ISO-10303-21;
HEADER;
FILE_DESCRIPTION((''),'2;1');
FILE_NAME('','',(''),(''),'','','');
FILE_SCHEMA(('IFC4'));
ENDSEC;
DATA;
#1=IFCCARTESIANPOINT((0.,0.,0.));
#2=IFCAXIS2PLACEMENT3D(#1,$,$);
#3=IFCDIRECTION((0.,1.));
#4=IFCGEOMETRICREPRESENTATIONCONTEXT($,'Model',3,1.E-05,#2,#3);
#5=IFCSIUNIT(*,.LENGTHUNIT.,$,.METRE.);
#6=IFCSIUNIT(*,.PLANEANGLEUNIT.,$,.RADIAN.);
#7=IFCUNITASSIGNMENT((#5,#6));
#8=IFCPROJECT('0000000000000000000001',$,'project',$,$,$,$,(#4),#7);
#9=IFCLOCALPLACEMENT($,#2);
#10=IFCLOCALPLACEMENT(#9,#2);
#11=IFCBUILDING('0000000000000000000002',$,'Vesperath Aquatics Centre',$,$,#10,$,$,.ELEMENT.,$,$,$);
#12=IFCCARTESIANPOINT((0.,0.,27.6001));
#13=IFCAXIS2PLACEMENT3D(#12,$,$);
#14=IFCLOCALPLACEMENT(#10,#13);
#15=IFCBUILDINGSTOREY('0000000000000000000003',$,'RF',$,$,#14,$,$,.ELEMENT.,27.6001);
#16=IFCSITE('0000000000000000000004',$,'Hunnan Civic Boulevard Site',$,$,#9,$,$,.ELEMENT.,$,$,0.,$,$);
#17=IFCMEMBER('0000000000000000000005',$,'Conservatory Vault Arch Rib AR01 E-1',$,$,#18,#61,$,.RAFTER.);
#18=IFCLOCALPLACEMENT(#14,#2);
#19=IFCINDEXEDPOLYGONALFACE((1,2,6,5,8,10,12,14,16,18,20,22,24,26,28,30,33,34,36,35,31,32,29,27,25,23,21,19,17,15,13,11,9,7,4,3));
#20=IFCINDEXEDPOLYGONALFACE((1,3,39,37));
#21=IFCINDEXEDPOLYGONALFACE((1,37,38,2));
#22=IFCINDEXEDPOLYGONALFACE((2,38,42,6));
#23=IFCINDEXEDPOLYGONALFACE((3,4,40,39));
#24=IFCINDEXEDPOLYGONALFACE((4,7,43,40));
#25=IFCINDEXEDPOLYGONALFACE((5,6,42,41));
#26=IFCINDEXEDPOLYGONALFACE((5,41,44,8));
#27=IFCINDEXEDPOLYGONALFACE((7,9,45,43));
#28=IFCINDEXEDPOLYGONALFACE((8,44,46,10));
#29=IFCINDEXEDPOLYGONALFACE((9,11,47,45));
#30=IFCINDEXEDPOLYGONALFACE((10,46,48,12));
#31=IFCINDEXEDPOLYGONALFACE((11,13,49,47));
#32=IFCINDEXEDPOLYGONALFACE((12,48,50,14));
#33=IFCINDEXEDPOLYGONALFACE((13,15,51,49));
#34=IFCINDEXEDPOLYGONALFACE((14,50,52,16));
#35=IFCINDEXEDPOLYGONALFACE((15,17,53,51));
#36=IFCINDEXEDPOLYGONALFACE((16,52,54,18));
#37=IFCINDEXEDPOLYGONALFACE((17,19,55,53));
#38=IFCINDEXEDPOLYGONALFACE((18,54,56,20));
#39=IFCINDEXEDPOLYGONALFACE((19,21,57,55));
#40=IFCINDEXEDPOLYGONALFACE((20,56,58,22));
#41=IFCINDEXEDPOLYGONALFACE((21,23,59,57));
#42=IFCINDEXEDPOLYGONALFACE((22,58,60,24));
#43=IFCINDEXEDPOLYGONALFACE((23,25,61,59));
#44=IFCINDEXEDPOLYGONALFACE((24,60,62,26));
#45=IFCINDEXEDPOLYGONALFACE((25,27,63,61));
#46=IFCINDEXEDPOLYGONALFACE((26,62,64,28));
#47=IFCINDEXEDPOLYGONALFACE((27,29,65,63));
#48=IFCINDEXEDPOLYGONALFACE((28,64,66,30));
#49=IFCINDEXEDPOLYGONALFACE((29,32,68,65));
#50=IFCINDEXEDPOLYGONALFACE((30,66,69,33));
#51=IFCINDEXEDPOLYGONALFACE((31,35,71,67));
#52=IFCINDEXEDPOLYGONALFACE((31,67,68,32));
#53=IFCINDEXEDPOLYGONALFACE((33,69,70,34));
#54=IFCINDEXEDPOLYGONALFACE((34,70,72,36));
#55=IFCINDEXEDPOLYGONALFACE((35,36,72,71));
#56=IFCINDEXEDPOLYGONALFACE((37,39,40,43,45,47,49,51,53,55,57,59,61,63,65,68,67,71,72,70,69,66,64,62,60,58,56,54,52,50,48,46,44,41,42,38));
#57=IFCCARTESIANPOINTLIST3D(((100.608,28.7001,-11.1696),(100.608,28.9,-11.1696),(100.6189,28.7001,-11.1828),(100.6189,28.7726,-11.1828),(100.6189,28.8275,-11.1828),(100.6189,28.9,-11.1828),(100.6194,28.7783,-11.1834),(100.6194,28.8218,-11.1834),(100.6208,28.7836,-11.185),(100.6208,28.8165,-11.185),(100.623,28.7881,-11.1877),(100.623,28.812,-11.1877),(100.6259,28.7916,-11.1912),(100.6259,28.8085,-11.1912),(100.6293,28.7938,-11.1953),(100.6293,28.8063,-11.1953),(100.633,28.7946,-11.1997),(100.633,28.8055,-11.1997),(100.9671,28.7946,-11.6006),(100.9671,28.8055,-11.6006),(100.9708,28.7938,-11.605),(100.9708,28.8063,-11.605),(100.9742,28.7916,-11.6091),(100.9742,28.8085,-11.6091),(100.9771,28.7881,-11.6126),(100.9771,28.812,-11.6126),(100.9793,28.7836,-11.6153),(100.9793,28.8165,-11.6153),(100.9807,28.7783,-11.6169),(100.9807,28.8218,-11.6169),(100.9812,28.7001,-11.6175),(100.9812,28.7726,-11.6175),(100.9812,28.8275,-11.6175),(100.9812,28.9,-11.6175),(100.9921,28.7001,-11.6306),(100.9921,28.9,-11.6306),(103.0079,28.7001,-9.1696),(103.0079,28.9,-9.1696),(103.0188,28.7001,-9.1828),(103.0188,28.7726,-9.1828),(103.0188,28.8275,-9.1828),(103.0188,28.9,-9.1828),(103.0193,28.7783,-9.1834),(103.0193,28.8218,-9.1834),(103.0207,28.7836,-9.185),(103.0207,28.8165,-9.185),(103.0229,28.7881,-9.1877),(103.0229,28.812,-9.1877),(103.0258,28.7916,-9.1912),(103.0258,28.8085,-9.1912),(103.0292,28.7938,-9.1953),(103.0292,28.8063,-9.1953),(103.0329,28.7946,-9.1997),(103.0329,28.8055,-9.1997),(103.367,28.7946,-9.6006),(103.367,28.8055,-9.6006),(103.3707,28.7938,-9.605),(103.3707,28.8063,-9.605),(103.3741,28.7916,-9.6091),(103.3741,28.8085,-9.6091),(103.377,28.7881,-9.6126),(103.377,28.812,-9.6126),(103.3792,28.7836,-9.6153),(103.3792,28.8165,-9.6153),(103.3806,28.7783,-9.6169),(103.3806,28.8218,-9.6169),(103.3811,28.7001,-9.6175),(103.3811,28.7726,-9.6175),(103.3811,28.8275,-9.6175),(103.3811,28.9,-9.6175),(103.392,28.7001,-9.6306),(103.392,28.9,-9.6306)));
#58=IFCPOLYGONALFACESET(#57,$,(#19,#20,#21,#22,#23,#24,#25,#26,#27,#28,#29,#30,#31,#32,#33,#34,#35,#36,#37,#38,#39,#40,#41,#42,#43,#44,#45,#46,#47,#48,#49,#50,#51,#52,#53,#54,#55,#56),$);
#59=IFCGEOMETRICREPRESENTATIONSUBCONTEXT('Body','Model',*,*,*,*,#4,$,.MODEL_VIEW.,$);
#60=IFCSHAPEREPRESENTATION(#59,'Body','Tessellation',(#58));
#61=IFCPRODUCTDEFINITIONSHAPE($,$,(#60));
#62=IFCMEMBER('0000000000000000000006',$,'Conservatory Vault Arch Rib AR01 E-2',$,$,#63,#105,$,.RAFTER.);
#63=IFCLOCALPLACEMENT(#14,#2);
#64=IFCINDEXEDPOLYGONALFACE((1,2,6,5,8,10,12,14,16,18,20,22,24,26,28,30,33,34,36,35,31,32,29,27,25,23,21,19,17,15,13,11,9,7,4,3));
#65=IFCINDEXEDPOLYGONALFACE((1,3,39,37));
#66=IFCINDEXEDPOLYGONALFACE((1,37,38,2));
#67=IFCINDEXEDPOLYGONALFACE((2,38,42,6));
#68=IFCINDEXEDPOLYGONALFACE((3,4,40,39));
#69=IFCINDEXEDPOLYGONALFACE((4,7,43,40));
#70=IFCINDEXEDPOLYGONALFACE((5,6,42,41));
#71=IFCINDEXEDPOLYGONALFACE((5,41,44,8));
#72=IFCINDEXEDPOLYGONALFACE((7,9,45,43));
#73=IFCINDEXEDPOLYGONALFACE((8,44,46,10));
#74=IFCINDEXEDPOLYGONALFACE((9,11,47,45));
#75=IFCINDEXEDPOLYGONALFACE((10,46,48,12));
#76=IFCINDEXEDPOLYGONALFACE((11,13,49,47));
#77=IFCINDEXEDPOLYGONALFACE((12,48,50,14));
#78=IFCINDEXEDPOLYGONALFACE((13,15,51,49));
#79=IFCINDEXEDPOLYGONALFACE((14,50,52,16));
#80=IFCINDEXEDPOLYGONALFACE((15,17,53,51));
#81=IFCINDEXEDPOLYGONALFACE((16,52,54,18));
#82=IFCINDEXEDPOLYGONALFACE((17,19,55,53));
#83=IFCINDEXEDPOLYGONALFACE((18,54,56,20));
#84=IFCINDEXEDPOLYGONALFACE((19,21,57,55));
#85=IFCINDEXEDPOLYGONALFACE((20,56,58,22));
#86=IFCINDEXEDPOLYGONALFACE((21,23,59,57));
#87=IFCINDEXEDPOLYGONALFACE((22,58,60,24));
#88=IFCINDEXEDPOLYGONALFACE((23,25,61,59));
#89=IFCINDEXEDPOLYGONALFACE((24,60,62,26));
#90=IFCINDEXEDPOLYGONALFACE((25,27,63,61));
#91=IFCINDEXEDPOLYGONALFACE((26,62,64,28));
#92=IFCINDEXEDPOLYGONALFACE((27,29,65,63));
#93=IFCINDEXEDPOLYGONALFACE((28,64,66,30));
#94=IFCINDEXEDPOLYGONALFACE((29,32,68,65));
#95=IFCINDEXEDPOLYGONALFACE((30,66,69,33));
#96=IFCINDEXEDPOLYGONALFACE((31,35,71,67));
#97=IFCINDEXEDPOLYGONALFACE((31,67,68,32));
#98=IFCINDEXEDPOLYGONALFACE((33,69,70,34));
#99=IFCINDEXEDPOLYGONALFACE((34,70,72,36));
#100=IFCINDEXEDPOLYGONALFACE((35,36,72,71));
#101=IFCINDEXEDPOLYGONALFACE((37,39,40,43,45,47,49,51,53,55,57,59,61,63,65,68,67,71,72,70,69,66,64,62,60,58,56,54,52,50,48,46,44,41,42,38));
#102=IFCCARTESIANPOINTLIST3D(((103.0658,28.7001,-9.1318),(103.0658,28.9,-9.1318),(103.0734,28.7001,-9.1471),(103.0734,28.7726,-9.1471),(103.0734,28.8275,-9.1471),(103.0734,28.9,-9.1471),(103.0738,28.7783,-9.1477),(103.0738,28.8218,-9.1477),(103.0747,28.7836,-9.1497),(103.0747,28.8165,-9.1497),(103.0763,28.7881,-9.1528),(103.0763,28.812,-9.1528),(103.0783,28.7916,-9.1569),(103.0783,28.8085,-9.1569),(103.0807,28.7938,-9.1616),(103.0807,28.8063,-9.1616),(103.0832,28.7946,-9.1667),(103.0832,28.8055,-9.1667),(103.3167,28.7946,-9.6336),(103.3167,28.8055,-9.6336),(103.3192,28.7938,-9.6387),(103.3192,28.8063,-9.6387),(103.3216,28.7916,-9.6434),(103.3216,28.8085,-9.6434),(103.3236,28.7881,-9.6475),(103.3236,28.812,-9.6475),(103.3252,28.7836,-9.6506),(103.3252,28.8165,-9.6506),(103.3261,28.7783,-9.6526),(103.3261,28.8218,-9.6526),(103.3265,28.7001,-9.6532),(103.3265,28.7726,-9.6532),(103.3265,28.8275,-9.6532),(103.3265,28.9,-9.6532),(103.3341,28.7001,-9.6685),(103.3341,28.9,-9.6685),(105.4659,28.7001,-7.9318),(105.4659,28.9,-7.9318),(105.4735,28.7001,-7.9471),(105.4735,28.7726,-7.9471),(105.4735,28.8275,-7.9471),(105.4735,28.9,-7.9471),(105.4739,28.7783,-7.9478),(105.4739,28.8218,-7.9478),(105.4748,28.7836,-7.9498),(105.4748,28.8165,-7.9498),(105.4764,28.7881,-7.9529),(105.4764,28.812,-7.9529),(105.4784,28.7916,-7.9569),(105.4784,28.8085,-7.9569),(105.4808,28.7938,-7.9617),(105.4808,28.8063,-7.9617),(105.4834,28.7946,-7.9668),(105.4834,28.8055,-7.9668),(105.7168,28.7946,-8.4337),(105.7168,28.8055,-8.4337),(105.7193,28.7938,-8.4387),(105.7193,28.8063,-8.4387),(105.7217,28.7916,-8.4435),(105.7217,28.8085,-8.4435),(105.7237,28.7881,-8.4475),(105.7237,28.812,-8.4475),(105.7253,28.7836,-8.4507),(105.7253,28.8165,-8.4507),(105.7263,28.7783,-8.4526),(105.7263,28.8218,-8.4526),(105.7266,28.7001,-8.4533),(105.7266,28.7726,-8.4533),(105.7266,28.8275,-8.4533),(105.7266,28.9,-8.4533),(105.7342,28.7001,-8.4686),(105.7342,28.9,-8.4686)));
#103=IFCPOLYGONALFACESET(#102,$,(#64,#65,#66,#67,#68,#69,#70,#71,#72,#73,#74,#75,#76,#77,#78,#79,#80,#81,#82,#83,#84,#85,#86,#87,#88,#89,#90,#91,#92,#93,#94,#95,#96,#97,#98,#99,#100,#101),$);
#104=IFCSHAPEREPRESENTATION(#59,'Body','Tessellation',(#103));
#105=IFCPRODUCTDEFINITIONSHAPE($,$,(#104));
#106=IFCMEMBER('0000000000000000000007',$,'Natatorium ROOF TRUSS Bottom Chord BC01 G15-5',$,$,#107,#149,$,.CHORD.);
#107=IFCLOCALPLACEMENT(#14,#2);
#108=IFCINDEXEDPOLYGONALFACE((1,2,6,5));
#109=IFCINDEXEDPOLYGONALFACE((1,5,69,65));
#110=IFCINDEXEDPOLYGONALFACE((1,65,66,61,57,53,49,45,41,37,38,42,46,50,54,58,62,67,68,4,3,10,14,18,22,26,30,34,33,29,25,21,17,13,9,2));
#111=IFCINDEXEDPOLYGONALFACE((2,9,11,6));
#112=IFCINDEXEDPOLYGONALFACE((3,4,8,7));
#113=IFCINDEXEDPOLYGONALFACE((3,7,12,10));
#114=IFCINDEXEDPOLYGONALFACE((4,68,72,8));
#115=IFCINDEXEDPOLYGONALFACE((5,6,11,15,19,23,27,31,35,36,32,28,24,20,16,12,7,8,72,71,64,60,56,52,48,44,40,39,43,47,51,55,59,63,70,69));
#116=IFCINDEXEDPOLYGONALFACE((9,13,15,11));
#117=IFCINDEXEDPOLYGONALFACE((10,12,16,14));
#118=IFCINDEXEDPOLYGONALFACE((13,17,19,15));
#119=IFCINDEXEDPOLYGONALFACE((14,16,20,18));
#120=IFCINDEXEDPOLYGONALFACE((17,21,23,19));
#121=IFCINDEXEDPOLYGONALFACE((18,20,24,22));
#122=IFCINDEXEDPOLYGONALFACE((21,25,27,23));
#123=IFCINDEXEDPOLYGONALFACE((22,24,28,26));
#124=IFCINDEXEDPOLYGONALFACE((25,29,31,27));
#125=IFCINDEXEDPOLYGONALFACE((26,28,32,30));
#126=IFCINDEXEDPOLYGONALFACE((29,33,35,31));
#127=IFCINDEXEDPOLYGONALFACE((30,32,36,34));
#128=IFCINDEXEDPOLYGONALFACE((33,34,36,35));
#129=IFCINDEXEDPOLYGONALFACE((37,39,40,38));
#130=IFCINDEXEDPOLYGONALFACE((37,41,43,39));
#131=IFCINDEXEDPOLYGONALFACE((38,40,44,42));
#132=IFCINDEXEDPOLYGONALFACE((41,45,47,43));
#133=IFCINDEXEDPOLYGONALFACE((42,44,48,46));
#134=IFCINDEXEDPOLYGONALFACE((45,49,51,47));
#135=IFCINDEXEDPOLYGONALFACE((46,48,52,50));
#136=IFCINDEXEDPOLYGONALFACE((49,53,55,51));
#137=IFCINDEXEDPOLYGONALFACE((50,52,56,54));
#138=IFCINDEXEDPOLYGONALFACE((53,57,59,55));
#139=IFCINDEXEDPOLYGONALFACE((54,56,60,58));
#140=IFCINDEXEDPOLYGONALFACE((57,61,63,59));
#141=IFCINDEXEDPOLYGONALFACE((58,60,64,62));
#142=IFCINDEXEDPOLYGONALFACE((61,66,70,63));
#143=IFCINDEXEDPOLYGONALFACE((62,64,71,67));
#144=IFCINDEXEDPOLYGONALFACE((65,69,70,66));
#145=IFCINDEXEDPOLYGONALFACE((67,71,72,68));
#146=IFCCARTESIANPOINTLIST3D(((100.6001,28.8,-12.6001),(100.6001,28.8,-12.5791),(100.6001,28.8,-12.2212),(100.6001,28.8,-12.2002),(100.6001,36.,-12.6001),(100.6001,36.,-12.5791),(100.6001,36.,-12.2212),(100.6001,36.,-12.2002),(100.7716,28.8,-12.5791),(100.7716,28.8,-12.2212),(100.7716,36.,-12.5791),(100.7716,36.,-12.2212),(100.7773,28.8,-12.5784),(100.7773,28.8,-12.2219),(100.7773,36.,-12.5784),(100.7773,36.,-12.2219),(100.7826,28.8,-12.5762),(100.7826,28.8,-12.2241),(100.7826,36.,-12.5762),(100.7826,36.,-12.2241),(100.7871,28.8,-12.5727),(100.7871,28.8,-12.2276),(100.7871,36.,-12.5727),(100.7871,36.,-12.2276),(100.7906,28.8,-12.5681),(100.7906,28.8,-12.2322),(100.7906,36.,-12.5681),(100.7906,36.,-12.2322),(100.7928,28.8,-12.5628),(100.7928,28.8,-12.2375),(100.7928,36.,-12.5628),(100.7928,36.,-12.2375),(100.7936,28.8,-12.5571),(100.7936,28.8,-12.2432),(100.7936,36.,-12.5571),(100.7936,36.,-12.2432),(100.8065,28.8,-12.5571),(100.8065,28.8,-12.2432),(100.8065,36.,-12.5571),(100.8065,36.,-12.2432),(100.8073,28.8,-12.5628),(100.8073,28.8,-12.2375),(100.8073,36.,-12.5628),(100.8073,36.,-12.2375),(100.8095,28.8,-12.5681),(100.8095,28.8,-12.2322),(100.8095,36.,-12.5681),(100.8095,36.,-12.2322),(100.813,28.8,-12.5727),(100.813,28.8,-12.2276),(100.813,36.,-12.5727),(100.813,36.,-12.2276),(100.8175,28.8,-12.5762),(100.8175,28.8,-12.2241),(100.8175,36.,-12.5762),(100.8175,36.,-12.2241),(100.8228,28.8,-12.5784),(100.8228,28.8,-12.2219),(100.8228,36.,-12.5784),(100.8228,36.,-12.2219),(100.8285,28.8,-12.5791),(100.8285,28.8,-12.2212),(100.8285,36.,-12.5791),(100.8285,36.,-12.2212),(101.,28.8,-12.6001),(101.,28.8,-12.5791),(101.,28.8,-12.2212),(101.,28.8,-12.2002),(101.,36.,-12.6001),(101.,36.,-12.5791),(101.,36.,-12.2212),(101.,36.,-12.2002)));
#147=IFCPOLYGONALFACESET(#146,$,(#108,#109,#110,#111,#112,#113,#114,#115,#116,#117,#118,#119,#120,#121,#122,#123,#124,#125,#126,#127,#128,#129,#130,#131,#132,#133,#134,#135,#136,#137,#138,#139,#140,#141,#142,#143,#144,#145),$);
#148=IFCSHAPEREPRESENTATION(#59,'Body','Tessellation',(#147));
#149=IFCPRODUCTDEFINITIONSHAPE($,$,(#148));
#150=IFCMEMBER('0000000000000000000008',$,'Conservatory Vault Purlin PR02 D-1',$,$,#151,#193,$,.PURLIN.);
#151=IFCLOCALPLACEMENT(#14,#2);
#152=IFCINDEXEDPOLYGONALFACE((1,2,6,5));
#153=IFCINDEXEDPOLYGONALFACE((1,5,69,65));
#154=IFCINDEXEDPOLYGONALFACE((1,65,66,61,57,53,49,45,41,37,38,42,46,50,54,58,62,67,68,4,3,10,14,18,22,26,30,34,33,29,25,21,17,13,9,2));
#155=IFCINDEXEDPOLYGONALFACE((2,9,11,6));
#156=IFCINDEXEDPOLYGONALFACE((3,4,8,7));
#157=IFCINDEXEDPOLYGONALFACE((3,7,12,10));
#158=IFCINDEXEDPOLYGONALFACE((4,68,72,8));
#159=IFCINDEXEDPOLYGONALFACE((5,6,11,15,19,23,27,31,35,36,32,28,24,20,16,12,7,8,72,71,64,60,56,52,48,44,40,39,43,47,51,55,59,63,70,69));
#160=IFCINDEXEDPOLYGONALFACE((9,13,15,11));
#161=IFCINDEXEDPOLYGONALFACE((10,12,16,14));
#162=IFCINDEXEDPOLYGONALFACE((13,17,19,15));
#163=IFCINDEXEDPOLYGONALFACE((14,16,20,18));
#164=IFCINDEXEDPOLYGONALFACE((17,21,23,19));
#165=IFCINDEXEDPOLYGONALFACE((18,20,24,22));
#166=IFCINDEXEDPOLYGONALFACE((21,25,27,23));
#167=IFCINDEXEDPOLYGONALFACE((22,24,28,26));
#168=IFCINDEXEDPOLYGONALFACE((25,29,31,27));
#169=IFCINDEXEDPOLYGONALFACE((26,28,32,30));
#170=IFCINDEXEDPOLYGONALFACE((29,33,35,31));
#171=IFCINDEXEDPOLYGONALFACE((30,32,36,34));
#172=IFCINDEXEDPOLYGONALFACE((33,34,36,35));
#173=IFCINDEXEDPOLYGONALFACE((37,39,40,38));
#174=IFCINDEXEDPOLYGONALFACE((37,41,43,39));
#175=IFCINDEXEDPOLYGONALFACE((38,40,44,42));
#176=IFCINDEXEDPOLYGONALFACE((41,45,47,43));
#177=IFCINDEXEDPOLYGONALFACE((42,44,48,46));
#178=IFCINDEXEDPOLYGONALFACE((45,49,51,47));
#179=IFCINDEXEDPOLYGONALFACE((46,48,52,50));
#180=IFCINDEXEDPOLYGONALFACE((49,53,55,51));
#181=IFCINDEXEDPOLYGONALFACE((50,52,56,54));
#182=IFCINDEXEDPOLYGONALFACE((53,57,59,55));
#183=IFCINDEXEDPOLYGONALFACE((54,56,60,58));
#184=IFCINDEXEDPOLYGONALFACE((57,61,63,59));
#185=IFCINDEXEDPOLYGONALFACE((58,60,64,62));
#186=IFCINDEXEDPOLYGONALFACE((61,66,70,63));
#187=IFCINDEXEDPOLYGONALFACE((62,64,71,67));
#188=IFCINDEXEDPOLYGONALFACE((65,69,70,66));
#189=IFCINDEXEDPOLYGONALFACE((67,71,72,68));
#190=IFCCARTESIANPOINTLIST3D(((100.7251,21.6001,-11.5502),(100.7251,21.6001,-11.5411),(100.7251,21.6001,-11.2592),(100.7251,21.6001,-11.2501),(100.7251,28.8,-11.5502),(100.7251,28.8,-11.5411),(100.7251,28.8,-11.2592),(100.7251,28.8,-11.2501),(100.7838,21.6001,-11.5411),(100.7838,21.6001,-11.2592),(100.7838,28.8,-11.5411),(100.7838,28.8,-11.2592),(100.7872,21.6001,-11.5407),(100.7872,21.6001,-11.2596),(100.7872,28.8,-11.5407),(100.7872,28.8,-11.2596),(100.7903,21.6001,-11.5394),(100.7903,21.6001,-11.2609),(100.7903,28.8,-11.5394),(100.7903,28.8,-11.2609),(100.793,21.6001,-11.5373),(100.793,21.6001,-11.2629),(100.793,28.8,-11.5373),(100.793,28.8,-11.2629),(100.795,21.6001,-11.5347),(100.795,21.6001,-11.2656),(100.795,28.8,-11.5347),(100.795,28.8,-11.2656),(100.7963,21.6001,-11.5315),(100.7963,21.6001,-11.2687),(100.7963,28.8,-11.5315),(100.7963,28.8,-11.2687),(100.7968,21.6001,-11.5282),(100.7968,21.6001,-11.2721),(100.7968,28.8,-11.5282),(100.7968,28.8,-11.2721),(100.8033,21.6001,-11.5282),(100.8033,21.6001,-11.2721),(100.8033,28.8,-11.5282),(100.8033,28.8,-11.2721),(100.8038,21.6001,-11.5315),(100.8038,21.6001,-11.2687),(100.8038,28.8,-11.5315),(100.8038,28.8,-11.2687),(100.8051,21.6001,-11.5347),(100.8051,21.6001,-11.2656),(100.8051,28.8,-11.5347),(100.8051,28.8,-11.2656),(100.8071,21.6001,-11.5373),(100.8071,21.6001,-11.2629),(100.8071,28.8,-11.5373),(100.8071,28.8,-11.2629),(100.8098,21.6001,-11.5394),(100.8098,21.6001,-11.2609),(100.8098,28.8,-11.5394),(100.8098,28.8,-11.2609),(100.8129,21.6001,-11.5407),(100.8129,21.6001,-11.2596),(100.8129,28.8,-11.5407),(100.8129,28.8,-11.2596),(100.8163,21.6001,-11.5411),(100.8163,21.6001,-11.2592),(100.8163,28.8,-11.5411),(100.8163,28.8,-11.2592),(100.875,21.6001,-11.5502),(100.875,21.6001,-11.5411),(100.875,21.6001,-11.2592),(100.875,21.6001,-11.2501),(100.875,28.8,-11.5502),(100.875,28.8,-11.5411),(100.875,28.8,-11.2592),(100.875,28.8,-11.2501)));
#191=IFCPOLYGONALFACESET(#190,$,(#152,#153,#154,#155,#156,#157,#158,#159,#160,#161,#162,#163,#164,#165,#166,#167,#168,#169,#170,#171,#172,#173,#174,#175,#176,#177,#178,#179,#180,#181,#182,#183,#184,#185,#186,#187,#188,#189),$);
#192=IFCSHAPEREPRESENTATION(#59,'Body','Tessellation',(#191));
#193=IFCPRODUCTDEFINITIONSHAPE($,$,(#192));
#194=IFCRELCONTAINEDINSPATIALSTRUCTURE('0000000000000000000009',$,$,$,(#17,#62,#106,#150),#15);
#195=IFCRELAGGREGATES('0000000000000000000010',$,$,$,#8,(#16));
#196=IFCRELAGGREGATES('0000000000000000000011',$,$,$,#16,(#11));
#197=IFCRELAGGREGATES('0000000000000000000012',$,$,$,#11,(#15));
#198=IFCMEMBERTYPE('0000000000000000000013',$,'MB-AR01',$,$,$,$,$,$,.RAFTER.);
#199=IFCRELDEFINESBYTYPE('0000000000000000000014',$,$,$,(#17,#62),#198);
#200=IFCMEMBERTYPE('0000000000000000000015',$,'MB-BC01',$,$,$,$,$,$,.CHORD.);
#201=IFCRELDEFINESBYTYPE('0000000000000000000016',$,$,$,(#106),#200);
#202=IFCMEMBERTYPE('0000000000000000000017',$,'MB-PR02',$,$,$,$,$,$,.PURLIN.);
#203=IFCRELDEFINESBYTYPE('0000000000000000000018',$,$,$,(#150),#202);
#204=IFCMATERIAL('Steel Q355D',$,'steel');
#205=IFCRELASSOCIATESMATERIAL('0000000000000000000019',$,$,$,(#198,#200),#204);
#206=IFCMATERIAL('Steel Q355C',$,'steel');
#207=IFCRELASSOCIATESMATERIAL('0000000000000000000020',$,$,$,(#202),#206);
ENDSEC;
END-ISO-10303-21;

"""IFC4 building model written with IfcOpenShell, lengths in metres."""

from ifc_helpers import new_model, si_unit, direction, frame, origin, origin_2d, place, context, subcontext, project, spatial, i_section, extrude, material, material_profile, profile_set, type_object, element, save


model = new_model("IFC4")

# Units and contexts
model_context = context("Model", 3, precision=1e-05, world=origin(), true_north=direction((0.0, 1.0)))
body_context = subcontext(model_context, "Body", "Model", "MODEL_VIEW")
ifc_project = project(units=[si_unit("LENGTHUNIT", "METRE"), si_unit("PLANEANGLEUNIT", "RADIAN")], contexts=[model_context])

# Site, building, storey
site_placement = place(None, origin())
site = spatial("IfcSite", under=ifc_project, at=site_placement, Name="Hunnan Civic Boulevard Site", CompositionType="ELEMENT", RefElevation=0.0)
building_placement = place(site_placement, origin())
building = spatial("IfcBuilding", under=site, at=building_placement, Name="Vesperath Aquatics Centre", CompositionType="ELEMENT")
storey_placement = place(building_placement, frame((0.0, 0.0, 27.6001)))
storey = spatial("IfcBuildingStorey", under=building, at=storey_placement, Name="RF", CompositionType="ELEMENT", Elevation=27.6001)

# Shared definitions
ifc_material_1 = material(Name="Steel Q355D", Category="steel")

# Members
ifc_material_profile_1 = material_profile(ifc_material_1, i_section(OverallWidth=0.2, OverallDepth=0.6001, WebThickness=0.011, FlangeThickness=0.0171, FilletRadius=0.022, at=origin_2d()), Name="HN 600x200x11x17")
ifc_profile_set_1 = profile_set([ifc_material_profile_1], Name="Steel Q355D")
member_type_1 = type_object("IfcMemberType", Name="MB-AR01", PredefinedType="RAFTER", material=ifc_profile_set_1)
member_1_placement = place(storey_placement, frame((100.8, 28.8, -11.4001), z_axis=(0.768208, 0.0, 0.6402), x_axis=(0.0, 1.0, 0.0)))
element("IfcMember", 1, at=member_1_placement, inside=storey, type_object=member_type_1, Name="Conservatory Vault Arch Rib AR01 E-1", PredefinedType="RAFTER", context=body_context, shape_type="SweptSolid", body=[
    extrude(i_section(OverallWidth=0.2, OverallDepth=0.6001, WebThickness=0.011, FlangeThickness=0.0171, FilletRadius=0.022, at=origin_2d()), origin(), (0.0, 0.0, 1.0), 3.124),
])
member_2_placement = place(storey_placement, frame((103.2, 28.8, -9.4001), z_axis=(0.894445, 0.0, 0.447177), x_axis=(0.0, 1.0, 0.0)))
element("IfcMember", 2, at=member_2_placement, inside=storey, type_object=member_type_1, Name="Conservatory Vault Arch Rib AR01 E-2", PredefinedType="RAFTER", context=body_context, shape_type="SweptSolid", body=[
    extrude(i_section(OverallWidth=0.2, OverallDepth=0.6001, WebThickness=0.011, FlangeThickness=0.0171, FilletRadius=0.022, at=origin_2d()), origin(), (0.0, 0.0, 1.0), 2.6833),
])
ifc_material_profile_2 = material_profile(ifc_material_1, i_section(OverallWidth=0.3999, OverallDepth=0.3999, WebThickness=0.0129, FlangeThickness=0.021, FilletRadius=0.022, at=origin_2d()), Name="HW 400x400x13x21")
ifc_profile_set_2 = profile_set([ifc_material_profile_2], Name="Steel Q355D")
member_type_2 = type_object("IfcMemberType", Name="MB-BC01", PredefinedType="CHORD", material=ifc_profile_set_2)
member_3_placement = place(storey_placement, frame((100.8, 28.8, -12.4001), z_axis=(0.0, 1.0, 0.0), x_axis=(-1.0, 0.0, 0.0)))
element("IfcMember", 3, at=member_3_placement, inside=storey, type_object=member_type_2, Name="Natatorium ROOF TRUSS Bottom Chord BC01 G15-5", PredefinedType="CHORD", context=body_context, shape_type="SweptSolid", body=[
    extrude(i_section(OverallWidth=0.3999, OverallDepth=0.3999, WebThickness=0.0129, FlangeThickness=0.021, FilletRadius=0.022, at=origin_2d()), origin(), (0.0, 0.0, 1.0), 7.2),
])
ifc_material_2 = material(Name="Steel Q355C", Category="steel")
ifc_material_profile_3 = material_profile(ifc_material_2, i_section(OverallWidth=0.1499, OverallDepth=0.3, WebThickness=0.0066, FlangeThickness=0.009, FilletRadius=0.0129, at=origin_2d()), Name="HN 300x150x6.5x9")
ifc_profile_set_3 = profile_set([ifc_material_profile_3], Name="Steel Q355C")
member_type_3 = type_object("IfcMemberType", Name="MB-PR02", PredefinedType="PURLIN", material=ifc_profile_set_3)
for number, where, z_axis, x_axis, name in (
    (4, (100.8, 21.6001, -11.4001), (0.0, 1.0, 0.0), (-1.0, 0.0, 0.0), "Conservatory Vault Purlin PR02 D-1"),
):
    element("IfcMember", number, at=place(storey_placement, frame(where, z_axis=z_axis, x_axis=x_axis)), inside=storey, type_object=member_type_3, Name=name, PredefinedType="PURLIN", context=body_context, shape_type="SweptSolid", body=[
        extrude(i_section(OverallWidth=0.1499, OverallDepth=0.3, WebThickness=0.0066, FlangeThickness=0.009, FilletRadius=0.0129, at=origin_2d()), origin(), (0.0, 0.0, 1.0), 7.2),
    ])

save(model, "model.ifc")
